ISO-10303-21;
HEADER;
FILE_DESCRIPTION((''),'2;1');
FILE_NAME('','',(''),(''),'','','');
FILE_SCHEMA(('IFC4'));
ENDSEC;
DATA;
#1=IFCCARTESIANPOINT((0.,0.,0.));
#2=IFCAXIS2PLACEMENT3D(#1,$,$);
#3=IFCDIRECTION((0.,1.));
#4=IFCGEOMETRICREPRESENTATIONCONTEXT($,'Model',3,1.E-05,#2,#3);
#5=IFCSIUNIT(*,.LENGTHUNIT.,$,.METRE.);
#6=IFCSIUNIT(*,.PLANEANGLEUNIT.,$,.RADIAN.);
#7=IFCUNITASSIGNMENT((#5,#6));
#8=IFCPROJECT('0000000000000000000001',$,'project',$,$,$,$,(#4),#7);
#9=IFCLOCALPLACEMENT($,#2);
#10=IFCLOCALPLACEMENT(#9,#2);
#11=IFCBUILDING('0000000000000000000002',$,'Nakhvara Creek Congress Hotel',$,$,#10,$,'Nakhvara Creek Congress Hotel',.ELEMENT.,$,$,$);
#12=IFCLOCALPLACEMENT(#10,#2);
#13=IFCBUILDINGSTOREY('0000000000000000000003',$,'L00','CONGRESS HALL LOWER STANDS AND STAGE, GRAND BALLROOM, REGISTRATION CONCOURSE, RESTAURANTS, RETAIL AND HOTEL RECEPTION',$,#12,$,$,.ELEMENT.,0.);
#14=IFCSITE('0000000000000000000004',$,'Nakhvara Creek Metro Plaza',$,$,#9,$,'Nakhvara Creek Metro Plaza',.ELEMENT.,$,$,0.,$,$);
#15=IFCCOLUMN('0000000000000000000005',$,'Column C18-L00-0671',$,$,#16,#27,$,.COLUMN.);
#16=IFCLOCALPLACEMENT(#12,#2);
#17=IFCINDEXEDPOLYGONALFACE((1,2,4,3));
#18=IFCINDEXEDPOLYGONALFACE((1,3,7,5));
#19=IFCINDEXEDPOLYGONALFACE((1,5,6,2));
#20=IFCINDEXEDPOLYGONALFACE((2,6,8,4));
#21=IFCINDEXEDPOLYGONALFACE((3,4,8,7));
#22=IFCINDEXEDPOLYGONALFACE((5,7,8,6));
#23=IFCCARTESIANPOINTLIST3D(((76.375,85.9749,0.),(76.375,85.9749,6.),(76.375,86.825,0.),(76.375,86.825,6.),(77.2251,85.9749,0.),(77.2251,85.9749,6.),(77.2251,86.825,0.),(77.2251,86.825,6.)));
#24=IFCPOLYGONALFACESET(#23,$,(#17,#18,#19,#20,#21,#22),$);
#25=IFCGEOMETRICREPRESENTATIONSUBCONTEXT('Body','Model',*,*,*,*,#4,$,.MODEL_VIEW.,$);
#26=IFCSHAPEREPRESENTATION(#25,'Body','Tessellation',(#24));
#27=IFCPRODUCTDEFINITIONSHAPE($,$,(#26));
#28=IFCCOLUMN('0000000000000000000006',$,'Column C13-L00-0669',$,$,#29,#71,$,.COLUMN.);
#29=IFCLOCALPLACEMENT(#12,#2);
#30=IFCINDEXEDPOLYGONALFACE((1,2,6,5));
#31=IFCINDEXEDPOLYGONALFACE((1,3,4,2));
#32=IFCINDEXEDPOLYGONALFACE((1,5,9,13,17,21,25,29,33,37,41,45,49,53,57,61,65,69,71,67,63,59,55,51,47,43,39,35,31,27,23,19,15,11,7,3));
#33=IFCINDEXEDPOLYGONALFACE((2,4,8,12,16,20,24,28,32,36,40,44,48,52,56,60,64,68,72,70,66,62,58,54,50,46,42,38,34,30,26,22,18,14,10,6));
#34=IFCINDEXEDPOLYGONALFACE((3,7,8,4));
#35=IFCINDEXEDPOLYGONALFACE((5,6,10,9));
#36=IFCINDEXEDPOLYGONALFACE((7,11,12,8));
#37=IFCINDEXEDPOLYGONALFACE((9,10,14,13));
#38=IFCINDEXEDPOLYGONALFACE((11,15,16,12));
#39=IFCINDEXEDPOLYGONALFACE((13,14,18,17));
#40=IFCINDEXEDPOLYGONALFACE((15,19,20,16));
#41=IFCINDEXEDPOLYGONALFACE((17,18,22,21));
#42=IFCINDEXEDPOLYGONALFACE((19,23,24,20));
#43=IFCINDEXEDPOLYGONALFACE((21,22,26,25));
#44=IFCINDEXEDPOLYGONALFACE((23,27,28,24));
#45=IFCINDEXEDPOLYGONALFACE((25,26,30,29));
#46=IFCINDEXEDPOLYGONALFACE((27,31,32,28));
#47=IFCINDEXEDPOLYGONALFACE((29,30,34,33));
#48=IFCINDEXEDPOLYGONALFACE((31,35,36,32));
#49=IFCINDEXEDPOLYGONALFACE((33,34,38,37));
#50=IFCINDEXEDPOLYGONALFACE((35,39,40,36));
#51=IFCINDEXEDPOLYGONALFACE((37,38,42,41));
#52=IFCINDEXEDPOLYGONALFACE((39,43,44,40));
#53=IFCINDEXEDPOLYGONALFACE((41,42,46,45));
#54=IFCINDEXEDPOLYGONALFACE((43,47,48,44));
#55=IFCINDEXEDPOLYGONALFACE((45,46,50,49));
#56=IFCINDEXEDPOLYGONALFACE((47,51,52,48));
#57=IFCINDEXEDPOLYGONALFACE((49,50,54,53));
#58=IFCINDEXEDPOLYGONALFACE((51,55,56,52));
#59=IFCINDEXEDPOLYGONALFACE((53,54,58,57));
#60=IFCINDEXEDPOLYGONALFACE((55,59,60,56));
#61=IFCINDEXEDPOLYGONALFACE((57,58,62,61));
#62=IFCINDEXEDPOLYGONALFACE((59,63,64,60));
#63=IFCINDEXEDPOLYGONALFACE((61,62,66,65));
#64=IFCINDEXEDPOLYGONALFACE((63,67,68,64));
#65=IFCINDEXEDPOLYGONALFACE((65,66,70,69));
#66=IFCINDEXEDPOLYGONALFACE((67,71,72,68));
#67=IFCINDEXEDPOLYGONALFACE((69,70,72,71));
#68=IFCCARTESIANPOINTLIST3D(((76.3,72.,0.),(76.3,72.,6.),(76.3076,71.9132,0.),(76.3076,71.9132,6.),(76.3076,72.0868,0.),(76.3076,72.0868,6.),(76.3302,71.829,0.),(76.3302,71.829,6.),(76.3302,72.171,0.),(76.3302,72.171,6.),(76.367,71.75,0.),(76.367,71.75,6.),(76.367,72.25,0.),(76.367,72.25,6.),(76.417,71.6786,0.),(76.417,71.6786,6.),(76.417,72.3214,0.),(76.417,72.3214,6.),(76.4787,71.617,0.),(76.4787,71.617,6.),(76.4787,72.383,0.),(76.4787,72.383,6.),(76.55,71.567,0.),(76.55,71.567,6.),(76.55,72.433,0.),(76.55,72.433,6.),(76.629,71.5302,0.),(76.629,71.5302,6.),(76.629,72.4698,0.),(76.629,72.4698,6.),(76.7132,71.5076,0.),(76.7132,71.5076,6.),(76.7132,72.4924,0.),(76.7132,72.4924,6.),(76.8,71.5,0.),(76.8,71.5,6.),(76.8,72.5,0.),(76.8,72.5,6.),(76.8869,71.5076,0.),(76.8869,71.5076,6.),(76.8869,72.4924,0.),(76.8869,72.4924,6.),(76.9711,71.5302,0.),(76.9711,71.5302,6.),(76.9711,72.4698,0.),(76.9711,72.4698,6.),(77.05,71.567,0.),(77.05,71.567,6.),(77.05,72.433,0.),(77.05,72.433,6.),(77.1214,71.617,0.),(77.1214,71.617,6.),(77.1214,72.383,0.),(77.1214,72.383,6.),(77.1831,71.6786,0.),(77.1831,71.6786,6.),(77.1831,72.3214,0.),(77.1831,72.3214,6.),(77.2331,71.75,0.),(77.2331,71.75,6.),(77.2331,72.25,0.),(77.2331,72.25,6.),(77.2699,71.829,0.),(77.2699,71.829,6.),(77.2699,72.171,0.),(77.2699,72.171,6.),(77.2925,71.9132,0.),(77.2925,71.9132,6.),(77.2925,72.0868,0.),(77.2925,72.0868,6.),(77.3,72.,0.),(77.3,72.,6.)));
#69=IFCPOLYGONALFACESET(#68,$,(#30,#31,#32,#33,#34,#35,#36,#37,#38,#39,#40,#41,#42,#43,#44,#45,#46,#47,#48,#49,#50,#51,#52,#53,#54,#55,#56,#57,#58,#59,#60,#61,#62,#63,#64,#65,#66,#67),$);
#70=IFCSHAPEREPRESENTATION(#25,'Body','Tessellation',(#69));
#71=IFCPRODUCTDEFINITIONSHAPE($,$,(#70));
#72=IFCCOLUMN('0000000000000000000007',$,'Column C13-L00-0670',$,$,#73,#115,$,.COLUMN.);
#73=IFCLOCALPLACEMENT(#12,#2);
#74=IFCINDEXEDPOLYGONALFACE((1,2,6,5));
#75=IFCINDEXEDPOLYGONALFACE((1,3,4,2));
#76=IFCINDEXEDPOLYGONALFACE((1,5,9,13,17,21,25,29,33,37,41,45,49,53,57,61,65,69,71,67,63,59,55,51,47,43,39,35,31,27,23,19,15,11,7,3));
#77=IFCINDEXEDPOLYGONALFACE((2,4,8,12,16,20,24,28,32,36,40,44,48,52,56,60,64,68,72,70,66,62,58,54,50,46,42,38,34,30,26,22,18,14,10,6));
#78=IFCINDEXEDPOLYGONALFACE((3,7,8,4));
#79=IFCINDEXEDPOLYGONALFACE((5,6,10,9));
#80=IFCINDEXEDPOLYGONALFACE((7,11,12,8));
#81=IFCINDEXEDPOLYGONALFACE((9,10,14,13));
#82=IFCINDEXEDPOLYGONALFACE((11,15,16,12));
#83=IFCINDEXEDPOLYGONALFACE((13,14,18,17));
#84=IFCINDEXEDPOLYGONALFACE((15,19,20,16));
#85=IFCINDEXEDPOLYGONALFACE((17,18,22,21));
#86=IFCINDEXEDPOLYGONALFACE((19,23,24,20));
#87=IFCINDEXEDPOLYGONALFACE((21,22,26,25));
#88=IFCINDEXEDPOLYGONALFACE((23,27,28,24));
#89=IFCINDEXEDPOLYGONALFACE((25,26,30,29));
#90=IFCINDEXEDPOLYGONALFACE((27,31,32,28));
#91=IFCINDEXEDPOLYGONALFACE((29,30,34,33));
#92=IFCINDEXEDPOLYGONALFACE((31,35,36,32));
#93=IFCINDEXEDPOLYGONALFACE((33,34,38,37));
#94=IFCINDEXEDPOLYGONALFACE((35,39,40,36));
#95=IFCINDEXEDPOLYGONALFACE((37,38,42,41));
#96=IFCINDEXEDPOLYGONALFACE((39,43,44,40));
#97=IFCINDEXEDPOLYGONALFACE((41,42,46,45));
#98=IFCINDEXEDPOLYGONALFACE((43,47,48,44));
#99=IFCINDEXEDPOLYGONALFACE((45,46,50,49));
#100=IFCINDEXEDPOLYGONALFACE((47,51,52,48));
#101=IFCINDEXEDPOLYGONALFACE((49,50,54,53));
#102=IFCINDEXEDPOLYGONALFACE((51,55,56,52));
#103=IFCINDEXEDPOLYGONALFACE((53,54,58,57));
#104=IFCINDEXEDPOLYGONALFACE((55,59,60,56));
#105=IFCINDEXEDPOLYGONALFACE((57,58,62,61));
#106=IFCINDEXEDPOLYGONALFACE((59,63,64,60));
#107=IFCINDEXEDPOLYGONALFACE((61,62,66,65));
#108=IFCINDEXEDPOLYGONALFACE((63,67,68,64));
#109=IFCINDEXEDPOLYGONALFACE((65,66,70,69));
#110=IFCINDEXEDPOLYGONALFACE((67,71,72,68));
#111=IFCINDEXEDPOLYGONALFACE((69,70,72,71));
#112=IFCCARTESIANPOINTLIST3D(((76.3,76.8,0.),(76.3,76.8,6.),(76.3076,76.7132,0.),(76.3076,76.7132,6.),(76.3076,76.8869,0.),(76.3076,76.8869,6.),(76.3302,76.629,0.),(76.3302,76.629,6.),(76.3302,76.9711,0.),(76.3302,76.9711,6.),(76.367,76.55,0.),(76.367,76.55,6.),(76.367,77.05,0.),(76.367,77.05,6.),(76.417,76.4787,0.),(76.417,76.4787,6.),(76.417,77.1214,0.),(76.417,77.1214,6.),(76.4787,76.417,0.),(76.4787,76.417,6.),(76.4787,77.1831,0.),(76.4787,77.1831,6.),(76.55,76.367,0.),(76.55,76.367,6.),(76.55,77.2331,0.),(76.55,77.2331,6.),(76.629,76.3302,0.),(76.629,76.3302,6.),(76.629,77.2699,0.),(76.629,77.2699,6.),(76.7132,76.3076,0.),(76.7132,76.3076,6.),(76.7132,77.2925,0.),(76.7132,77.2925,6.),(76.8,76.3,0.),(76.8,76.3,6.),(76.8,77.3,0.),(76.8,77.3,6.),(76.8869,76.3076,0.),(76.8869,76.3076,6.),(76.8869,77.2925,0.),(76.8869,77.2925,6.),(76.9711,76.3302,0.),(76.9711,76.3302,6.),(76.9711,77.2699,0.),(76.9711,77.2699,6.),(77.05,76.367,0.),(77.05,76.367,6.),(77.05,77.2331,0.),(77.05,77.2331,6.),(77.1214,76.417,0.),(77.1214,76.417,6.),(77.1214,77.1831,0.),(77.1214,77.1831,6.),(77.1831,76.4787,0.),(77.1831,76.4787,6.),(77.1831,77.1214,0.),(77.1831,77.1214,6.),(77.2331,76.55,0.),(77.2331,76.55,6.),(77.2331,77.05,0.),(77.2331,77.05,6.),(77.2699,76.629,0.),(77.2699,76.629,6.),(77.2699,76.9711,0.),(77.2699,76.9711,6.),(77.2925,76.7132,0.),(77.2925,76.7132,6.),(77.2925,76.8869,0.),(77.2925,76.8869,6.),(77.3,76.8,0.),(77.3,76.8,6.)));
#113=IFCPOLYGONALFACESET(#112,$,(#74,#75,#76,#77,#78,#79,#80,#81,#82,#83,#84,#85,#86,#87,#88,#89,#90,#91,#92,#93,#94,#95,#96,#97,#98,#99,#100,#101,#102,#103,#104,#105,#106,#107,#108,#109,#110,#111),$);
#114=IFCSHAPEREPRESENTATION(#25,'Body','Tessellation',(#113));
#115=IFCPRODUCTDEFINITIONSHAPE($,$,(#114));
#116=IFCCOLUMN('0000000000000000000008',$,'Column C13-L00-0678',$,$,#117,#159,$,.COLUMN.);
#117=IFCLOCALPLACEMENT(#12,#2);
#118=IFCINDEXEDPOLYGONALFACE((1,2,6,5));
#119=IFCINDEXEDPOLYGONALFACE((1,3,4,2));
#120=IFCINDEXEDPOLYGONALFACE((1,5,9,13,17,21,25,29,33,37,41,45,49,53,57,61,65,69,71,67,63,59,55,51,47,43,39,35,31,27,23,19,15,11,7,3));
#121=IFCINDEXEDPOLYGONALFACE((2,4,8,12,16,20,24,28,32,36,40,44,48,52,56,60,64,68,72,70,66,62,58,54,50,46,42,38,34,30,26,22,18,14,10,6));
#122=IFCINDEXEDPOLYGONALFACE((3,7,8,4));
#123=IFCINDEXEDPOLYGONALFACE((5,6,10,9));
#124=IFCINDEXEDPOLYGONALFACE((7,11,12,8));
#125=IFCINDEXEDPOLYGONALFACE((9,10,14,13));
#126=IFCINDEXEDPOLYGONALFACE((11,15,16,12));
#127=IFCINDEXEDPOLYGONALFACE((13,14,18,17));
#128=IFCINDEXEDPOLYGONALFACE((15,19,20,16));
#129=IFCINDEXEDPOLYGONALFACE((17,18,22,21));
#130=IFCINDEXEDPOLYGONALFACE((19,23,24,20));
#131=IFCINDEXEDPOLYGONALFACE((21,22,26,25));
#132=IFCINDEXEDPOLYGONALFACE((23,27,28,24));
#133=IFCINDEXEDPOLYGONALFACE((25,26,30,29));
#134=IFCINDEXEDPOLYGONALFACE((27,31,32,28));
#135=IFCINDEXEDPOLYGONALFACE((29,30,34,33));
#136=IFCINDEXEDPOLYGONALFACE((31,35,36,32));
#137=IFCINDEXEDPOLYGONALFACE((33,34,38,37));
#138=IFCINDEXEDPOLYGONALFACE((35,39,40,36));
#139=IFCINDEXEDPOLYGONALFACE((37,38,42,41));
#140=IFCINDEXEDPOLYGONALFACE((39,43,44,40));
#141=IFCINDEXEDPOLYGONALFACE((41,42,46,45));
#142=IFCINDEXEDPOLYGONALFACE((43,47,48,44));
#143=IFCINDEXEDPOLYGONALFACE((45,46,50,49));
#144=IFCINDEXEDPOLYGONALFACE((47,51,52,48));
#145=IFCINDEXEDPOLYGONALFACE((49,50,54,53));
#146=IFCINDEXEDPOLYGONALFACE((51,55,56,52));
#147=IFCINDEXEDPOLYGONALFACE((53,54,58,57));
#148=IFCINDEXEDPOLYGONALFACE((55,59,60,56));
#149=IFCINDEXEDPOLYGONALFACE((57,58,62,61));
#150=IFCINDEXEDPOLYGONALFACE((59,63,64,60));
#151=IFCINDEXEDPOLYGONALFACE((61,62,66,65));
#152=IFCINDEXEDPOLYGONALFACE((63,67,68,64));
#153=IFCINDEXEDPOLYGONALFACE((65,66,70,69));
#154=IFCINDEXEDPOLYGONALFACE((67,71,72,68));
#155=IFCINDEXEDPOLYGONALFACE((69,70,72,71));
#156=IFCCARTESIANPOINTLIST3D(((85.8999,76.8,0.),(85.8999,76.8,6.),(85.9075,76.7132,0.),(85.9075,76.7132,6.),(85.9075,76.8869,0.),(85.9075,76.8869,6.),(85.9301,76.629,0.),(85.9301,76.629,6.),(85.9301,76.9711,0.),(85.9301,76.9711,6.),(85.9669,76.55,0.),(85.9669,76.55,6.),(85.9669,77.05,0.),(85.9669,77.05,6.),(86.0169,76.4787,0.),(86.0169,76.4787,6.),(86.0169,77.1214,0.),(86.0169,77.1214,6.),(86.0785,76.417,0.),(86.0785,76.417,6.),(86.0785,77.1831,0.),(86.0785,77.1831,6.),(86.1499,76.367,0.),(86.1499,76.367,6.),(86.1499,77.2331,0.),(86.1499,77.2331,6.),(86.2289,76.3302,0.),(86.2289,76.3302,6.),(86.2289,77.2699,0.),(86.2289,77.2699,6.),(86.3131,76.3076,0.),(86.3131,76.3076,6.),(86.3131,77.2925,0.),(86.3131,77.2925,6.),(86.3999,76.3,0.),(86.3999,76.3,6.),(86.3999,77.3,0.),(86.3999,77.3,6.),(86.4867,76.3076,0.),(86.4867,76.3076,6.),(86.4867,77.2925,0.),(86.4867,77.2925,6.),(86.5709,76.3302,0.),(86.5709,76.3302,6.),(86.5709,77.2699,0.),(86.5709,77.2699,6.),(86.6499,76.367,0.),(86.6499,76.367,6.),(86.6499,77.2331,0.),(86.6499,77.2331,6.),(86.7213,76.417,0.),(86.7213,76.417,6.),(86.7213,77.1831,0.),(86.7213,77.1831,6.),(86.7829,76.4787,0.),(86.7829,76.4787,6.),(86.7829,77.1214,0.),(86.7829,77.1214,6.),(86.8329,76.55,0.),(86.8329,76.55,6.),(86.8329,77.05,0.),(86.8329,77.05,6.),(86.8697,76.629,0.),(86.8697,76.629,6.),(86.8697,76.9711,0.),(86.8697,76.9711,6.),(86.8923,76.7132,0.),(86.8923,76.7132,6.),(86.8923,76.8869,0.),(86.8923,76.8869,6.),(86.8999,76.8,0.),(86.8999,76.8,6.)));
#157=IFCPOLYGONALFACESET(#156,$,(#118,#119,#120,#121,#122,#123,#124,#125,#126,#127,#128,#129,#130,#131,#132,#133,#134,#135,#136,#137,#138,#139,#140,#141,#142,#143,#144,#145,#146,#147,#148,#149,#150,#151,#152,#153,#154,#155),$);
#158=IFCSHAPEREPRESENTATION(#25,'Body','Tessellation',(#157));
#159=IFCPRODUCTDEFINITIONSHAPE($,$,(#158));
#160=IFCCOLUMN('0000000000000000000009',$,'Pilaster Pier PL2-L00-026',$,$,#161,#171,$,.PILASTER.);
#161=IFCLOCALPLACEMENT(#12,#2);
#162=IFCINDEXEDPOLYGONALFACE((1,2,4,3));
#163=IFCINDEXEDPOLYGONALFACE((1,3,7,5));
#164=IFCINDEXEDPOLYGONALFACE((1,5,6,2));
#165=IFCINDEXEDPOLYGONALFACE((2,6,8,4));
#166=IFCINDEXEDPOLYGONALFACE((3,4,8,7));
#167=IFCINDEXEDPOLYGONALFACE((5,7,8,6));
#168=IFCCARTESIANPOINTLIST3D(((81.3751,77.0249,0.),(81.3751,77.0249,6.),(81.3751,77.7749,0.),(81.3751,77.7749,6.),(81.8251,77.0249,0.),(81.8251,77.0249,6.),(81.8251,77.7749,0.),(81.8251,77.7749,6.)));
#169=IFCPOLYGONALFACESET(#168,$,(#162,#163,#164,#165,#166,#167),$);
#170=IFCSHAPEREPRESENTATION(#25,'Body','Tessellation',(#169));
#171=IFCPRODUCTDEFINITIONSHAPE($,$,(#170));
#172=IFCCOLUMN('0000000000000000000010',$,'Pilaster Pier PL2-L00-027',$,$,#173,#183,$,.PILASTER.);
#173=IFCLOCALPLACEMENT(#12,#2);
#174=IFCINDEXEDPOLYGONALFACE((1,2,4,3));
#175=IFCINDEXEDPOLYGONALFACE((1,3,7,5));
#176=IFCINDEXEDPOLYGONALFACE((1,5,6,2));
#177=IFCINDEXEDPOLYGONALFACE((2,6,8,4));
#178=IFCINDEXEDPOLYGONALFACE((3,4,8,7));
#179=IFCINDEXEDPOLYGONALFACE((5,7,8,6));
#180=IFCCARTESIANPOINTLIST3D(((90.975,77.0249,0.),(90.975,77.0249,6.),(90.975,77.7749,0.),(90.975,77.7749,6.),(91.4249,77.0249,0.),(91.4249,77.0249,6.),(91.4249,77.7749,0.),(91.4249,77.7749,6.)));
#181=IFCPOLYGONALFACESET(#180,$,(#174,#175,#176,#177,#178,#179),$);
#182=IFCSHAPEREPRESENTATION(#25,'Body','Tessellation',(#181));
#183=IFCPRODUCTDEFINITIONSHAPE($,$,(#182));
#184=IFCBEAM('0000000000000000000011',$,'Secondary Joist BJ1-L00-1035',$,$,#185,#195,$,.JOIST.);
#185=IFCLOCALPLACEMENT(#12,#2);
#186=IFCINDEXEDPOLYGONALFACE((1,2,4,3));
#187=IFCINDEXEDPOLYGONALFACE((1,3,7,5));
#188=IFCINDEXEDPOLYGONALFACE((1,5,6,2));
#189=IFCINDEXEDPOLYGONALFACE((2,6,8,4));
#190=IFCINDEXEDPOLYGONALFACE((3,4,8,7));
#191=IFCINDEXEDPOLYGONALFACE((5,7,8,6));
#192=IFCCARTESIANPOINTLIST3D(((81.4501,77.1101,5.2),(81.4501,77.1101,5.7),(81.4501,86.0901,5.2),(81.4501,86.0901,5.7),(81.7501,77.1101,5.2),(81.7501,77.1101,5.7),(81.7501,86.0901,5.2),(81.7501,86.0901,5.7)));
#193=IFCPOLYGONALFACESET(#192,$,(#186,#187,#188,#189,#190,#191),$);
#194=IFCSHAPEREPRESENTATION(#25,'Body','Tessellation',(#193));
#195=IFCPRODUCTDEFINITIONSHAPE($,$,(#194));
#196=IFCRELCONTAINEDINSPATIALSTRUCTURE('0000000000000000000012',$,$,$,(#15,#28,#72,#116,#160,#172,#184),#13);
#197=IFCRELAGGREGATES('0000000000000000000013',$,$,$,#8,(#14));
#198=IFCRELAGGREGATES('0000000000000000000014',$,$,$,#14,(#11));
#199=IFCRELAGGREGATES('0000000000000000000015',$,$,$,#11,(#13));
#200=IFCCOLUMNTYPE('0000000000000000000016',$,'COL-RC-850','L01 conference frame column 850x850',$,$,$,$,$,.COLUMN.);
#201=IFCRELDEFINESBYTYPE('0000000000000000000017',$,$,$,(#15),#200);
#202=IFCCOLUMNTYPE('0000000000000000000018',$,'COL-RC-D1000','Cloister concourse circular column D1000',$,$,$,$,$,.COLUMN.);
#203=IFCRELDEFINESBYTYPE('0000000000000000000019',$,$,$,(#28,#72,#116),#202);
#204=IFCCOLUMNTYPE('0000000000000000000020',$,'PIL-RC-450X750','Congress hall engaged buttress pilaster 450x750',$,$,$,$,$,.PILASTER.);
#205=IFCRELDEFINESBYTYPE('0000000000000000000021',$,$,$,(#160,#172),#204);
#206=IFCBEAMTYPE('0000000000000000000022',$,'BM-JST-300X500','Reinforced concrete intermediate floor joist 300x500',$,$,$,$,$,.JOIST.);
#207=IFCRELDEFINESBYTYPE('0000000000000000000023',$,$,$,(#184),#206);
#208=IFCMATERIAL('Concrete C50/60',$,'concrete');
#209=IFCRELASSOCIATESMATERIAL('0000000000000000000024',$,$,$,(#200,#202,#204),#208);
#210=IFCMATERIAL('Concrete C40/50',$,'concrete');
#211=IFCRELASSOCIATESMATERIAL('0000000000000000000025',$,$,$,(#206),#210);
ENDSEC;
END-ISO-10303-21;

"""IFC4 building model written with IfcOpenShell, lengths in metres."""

from ifc_helpers import new_model, si_unit, direction, frame, origin, origin_2d, place, context, subcontext, project, spatial, rectangle, circle, extrude, material, material_profile, profile_set, type_object, element, save


model = new_model("IFC4")

# Units and contexts
model_context = context("Model", 3, precision=1e-05, world=origin(), true_north=direction((0.0, 1.0)))
body_context = subcontext(model_context, "Body", "Model", "MODEL_VIEW")
ifc_project = project(units=[si_unit("LENGTHUNIT", "METRE"), si_unit("PLANEANGLEUNIT", "RADIAN")], contexts=[model_context])

# Site, building, storey
site_placement = place(None, origin())
site = spatial("IfcSite", under=ifc_project, at=site_placement, Name="Nakhvara Creek Metro Plaza", LongName="Nakhvara Creek Metro Plaza", CompositionType="ELEMENT", RefElevation=0.0)
building_placement = place(site_placement, origin())
building = spatial("IfcBuilding", under=site, at=building_placement, Name="Nakhvara Creek Congress Hotel", LongName="Nakhvara Creek Congress Hotel", CompositionType="ELEMENT")
storey_placement = place(building_placement, origin())
storey = spatial("IfcBuildingStorey", under=building, at=storey_placement, Name="L00", Description="CONGRESS HALL LOWER STANDS AND STAGE, GRAND BALLROOM, REGISTRATION CONCOURSE, RESTAURANTS, RETAIL AND HOTEL RECEPTION", CompositionType="ELEMENT", Elevation=0.0)

# Columns
ifc_material_1 = material(Name="Concrete C50/60", Category="concrete")
ifc_material_profile_1 = material_profile(ifc_material_1, rectangle(XDim=0.8501, YDim=0.8501, at=origin_2d()), Name="RC-COL 850x850", Category="LoadBearing")
ifc_profile_set_1 = profile_set([ifc_material_profile_1], Name="Concrete C50/60")
column_type_1 = type_object("IfcColumnType", Name="COL-RC-850", Description="L01 conference frame column 850x850", PredefinedType="COLUMN", material=ifc_profile_set_1)
column_placement = place(storey_placement, frame((76.8, 86.3999, 0.0), z_axis=(0.0, 0.0, 1.0), x_axis=(1.0, 0.0, 0.0)))
element("IfcColumn", 1, at=column_placement, inside=storey, type_object=column_type_1, Name="Column C18-L00-0671", PredefinedType="COLUMN", context=body_context, shape_type="SweptSolid", body=[
    extrude(rectangle(XDim=0.8501, YDim=0.8501, at=origin_2d()), origin(), (0.0, 0.0, 1.0), 6.0),
])
ifc_material_profile_2 = material_profile(ifc_material_1, circle(Radius=0.5, at=origin_2d()), Name="RC-COL D1000", Category="LoadBearing")
ifc_profile_set_2 = profile_set([ifc_material_profile_2], Name="Concrete C50/60")
column_type_2 = type_object("IfcColumnType", Name="COL-RC-D1000", Description="Cloister concourse circular column D1000", PredefinedType="COLUMN", material=ifc_profile_set_2)
for number, where, z_axis, x_axis, name in (
    (2, (76.8, 72.0, 0.0), (0.0, 0.0, 1.0), (1.0, 0.0, 0.0), "Column C13-L00-0669"),
    (3, (76.8, 76.8, 0.0), (0.0, 0.0, 1.0), (1.0, 0.0, 0.0), "Column C13-L00-0670"),
    (4, (86.3999, 76.8, 0.0), (0.0, 0.0, 1.0), (1.0, 0.0, 0.0), "Column C13-L00-0678"),
):
    element("IfcColumn", number, at=place(storey_placement, frame(where, z_axis=z_axis, x_axis=x_axis)), inside=storey, type_object=column_type_2, Name=name, PredefinedType="COLUMN", context=body_context, shape_type="SweptSolid", body=[
        extrude(circle(Radius=0.5, at=origin_2d()), origin(), (0.0, 0.0, 1.0), 6.0),
    ])
ifc_material_profile_3 = material_profile(ifc_material_1, rectangle(XDim=0.45, YDim=0.75, at=origin_2d()), Name="RC-PIL 450x750", Category="LoadBearing")
ifc_profile_set_3 = profile_set([ifc_material_profile_3], Name="Concrete C50/60")
column_type_3 = type_object("IfcColumnType", Name="PIL-RC-450X750", Description="Congress hall engaged buttress pilaster 450x750", PredefinedType="PILASTER", material=ifc_profile_set_3)
for number, where, z_axis, x_axis, name in (
    (5, (81.6001, 77.3999, 0.0), (0.0, 0.0, 1.0), (1.0, 0.0, 0.0), "Pilaster Pier PL2-L00-026"),
    (6, (91.2, 77.3999, 0.0), (0.0, 0.0, 1.0), (1.0, 0.0, 0.0), "Pilaster Pier PL2-L00-027"),
):
    element("IfcColumn", number, at=place(storey_placement, frame(where, z_axis=z_axis, x_axis=x_axis)), inside=storey, type_object=column_type_3, Name=name, PredefinedType="PILASTER", context=body_context, shape_type="SweptSolid", body=[
        extrude(rectangle(XDim=0.45, YDim=0.75, at=origin_2d()), origin(), (0.0, 0.0, 1.0), 6.0),
    ])

# Beam
ifc_material_2 = material(Name="Concrete C40/50", Category="concrete")
ifc_material_profile_4 = material_profile(ifc_material_2, rectangle(XDim=0.3, YDim=0.5, at=origin_2d()), Name="RC-BM 300x500", Category="LoadBearing")
ifc_profile_set_4 = profile_set([ifc_material_profile_4], Name="Concrete C40/50")
beam_type_1 = type_object("IfcBeamType", Name="BM-JST-300X500", Description="Reinforced concrete intermediate floor joist 300x500", PredefinedType="JOIST", material=ifc_profile_set_4)
for number, where, z_axis, x_axis, name in (
    (7, (81.6001, 77.1101, 5.45), (0.0, 1.0, 0.0), (-1.0, 0.0, 0.0), "Secondary Joist BJ1-L00-1035"),
):
    element("IfcBeam", number, at=place(storey_placement, frame(where, z_axis=z_axis, x_axis=x_axis)), inside=storey, type_object=beam_type_1, Name=name, PredefinedType="JOIST", context=body_context, shape_type="SweptSolid", body=[
        extrude(rectangle(XDim=0.3, YDim=0.5, at=origin_2d()), origin(), (0.0, 0.0, 1.0), 8.98),
    ])

save(model, "model.ifc")
